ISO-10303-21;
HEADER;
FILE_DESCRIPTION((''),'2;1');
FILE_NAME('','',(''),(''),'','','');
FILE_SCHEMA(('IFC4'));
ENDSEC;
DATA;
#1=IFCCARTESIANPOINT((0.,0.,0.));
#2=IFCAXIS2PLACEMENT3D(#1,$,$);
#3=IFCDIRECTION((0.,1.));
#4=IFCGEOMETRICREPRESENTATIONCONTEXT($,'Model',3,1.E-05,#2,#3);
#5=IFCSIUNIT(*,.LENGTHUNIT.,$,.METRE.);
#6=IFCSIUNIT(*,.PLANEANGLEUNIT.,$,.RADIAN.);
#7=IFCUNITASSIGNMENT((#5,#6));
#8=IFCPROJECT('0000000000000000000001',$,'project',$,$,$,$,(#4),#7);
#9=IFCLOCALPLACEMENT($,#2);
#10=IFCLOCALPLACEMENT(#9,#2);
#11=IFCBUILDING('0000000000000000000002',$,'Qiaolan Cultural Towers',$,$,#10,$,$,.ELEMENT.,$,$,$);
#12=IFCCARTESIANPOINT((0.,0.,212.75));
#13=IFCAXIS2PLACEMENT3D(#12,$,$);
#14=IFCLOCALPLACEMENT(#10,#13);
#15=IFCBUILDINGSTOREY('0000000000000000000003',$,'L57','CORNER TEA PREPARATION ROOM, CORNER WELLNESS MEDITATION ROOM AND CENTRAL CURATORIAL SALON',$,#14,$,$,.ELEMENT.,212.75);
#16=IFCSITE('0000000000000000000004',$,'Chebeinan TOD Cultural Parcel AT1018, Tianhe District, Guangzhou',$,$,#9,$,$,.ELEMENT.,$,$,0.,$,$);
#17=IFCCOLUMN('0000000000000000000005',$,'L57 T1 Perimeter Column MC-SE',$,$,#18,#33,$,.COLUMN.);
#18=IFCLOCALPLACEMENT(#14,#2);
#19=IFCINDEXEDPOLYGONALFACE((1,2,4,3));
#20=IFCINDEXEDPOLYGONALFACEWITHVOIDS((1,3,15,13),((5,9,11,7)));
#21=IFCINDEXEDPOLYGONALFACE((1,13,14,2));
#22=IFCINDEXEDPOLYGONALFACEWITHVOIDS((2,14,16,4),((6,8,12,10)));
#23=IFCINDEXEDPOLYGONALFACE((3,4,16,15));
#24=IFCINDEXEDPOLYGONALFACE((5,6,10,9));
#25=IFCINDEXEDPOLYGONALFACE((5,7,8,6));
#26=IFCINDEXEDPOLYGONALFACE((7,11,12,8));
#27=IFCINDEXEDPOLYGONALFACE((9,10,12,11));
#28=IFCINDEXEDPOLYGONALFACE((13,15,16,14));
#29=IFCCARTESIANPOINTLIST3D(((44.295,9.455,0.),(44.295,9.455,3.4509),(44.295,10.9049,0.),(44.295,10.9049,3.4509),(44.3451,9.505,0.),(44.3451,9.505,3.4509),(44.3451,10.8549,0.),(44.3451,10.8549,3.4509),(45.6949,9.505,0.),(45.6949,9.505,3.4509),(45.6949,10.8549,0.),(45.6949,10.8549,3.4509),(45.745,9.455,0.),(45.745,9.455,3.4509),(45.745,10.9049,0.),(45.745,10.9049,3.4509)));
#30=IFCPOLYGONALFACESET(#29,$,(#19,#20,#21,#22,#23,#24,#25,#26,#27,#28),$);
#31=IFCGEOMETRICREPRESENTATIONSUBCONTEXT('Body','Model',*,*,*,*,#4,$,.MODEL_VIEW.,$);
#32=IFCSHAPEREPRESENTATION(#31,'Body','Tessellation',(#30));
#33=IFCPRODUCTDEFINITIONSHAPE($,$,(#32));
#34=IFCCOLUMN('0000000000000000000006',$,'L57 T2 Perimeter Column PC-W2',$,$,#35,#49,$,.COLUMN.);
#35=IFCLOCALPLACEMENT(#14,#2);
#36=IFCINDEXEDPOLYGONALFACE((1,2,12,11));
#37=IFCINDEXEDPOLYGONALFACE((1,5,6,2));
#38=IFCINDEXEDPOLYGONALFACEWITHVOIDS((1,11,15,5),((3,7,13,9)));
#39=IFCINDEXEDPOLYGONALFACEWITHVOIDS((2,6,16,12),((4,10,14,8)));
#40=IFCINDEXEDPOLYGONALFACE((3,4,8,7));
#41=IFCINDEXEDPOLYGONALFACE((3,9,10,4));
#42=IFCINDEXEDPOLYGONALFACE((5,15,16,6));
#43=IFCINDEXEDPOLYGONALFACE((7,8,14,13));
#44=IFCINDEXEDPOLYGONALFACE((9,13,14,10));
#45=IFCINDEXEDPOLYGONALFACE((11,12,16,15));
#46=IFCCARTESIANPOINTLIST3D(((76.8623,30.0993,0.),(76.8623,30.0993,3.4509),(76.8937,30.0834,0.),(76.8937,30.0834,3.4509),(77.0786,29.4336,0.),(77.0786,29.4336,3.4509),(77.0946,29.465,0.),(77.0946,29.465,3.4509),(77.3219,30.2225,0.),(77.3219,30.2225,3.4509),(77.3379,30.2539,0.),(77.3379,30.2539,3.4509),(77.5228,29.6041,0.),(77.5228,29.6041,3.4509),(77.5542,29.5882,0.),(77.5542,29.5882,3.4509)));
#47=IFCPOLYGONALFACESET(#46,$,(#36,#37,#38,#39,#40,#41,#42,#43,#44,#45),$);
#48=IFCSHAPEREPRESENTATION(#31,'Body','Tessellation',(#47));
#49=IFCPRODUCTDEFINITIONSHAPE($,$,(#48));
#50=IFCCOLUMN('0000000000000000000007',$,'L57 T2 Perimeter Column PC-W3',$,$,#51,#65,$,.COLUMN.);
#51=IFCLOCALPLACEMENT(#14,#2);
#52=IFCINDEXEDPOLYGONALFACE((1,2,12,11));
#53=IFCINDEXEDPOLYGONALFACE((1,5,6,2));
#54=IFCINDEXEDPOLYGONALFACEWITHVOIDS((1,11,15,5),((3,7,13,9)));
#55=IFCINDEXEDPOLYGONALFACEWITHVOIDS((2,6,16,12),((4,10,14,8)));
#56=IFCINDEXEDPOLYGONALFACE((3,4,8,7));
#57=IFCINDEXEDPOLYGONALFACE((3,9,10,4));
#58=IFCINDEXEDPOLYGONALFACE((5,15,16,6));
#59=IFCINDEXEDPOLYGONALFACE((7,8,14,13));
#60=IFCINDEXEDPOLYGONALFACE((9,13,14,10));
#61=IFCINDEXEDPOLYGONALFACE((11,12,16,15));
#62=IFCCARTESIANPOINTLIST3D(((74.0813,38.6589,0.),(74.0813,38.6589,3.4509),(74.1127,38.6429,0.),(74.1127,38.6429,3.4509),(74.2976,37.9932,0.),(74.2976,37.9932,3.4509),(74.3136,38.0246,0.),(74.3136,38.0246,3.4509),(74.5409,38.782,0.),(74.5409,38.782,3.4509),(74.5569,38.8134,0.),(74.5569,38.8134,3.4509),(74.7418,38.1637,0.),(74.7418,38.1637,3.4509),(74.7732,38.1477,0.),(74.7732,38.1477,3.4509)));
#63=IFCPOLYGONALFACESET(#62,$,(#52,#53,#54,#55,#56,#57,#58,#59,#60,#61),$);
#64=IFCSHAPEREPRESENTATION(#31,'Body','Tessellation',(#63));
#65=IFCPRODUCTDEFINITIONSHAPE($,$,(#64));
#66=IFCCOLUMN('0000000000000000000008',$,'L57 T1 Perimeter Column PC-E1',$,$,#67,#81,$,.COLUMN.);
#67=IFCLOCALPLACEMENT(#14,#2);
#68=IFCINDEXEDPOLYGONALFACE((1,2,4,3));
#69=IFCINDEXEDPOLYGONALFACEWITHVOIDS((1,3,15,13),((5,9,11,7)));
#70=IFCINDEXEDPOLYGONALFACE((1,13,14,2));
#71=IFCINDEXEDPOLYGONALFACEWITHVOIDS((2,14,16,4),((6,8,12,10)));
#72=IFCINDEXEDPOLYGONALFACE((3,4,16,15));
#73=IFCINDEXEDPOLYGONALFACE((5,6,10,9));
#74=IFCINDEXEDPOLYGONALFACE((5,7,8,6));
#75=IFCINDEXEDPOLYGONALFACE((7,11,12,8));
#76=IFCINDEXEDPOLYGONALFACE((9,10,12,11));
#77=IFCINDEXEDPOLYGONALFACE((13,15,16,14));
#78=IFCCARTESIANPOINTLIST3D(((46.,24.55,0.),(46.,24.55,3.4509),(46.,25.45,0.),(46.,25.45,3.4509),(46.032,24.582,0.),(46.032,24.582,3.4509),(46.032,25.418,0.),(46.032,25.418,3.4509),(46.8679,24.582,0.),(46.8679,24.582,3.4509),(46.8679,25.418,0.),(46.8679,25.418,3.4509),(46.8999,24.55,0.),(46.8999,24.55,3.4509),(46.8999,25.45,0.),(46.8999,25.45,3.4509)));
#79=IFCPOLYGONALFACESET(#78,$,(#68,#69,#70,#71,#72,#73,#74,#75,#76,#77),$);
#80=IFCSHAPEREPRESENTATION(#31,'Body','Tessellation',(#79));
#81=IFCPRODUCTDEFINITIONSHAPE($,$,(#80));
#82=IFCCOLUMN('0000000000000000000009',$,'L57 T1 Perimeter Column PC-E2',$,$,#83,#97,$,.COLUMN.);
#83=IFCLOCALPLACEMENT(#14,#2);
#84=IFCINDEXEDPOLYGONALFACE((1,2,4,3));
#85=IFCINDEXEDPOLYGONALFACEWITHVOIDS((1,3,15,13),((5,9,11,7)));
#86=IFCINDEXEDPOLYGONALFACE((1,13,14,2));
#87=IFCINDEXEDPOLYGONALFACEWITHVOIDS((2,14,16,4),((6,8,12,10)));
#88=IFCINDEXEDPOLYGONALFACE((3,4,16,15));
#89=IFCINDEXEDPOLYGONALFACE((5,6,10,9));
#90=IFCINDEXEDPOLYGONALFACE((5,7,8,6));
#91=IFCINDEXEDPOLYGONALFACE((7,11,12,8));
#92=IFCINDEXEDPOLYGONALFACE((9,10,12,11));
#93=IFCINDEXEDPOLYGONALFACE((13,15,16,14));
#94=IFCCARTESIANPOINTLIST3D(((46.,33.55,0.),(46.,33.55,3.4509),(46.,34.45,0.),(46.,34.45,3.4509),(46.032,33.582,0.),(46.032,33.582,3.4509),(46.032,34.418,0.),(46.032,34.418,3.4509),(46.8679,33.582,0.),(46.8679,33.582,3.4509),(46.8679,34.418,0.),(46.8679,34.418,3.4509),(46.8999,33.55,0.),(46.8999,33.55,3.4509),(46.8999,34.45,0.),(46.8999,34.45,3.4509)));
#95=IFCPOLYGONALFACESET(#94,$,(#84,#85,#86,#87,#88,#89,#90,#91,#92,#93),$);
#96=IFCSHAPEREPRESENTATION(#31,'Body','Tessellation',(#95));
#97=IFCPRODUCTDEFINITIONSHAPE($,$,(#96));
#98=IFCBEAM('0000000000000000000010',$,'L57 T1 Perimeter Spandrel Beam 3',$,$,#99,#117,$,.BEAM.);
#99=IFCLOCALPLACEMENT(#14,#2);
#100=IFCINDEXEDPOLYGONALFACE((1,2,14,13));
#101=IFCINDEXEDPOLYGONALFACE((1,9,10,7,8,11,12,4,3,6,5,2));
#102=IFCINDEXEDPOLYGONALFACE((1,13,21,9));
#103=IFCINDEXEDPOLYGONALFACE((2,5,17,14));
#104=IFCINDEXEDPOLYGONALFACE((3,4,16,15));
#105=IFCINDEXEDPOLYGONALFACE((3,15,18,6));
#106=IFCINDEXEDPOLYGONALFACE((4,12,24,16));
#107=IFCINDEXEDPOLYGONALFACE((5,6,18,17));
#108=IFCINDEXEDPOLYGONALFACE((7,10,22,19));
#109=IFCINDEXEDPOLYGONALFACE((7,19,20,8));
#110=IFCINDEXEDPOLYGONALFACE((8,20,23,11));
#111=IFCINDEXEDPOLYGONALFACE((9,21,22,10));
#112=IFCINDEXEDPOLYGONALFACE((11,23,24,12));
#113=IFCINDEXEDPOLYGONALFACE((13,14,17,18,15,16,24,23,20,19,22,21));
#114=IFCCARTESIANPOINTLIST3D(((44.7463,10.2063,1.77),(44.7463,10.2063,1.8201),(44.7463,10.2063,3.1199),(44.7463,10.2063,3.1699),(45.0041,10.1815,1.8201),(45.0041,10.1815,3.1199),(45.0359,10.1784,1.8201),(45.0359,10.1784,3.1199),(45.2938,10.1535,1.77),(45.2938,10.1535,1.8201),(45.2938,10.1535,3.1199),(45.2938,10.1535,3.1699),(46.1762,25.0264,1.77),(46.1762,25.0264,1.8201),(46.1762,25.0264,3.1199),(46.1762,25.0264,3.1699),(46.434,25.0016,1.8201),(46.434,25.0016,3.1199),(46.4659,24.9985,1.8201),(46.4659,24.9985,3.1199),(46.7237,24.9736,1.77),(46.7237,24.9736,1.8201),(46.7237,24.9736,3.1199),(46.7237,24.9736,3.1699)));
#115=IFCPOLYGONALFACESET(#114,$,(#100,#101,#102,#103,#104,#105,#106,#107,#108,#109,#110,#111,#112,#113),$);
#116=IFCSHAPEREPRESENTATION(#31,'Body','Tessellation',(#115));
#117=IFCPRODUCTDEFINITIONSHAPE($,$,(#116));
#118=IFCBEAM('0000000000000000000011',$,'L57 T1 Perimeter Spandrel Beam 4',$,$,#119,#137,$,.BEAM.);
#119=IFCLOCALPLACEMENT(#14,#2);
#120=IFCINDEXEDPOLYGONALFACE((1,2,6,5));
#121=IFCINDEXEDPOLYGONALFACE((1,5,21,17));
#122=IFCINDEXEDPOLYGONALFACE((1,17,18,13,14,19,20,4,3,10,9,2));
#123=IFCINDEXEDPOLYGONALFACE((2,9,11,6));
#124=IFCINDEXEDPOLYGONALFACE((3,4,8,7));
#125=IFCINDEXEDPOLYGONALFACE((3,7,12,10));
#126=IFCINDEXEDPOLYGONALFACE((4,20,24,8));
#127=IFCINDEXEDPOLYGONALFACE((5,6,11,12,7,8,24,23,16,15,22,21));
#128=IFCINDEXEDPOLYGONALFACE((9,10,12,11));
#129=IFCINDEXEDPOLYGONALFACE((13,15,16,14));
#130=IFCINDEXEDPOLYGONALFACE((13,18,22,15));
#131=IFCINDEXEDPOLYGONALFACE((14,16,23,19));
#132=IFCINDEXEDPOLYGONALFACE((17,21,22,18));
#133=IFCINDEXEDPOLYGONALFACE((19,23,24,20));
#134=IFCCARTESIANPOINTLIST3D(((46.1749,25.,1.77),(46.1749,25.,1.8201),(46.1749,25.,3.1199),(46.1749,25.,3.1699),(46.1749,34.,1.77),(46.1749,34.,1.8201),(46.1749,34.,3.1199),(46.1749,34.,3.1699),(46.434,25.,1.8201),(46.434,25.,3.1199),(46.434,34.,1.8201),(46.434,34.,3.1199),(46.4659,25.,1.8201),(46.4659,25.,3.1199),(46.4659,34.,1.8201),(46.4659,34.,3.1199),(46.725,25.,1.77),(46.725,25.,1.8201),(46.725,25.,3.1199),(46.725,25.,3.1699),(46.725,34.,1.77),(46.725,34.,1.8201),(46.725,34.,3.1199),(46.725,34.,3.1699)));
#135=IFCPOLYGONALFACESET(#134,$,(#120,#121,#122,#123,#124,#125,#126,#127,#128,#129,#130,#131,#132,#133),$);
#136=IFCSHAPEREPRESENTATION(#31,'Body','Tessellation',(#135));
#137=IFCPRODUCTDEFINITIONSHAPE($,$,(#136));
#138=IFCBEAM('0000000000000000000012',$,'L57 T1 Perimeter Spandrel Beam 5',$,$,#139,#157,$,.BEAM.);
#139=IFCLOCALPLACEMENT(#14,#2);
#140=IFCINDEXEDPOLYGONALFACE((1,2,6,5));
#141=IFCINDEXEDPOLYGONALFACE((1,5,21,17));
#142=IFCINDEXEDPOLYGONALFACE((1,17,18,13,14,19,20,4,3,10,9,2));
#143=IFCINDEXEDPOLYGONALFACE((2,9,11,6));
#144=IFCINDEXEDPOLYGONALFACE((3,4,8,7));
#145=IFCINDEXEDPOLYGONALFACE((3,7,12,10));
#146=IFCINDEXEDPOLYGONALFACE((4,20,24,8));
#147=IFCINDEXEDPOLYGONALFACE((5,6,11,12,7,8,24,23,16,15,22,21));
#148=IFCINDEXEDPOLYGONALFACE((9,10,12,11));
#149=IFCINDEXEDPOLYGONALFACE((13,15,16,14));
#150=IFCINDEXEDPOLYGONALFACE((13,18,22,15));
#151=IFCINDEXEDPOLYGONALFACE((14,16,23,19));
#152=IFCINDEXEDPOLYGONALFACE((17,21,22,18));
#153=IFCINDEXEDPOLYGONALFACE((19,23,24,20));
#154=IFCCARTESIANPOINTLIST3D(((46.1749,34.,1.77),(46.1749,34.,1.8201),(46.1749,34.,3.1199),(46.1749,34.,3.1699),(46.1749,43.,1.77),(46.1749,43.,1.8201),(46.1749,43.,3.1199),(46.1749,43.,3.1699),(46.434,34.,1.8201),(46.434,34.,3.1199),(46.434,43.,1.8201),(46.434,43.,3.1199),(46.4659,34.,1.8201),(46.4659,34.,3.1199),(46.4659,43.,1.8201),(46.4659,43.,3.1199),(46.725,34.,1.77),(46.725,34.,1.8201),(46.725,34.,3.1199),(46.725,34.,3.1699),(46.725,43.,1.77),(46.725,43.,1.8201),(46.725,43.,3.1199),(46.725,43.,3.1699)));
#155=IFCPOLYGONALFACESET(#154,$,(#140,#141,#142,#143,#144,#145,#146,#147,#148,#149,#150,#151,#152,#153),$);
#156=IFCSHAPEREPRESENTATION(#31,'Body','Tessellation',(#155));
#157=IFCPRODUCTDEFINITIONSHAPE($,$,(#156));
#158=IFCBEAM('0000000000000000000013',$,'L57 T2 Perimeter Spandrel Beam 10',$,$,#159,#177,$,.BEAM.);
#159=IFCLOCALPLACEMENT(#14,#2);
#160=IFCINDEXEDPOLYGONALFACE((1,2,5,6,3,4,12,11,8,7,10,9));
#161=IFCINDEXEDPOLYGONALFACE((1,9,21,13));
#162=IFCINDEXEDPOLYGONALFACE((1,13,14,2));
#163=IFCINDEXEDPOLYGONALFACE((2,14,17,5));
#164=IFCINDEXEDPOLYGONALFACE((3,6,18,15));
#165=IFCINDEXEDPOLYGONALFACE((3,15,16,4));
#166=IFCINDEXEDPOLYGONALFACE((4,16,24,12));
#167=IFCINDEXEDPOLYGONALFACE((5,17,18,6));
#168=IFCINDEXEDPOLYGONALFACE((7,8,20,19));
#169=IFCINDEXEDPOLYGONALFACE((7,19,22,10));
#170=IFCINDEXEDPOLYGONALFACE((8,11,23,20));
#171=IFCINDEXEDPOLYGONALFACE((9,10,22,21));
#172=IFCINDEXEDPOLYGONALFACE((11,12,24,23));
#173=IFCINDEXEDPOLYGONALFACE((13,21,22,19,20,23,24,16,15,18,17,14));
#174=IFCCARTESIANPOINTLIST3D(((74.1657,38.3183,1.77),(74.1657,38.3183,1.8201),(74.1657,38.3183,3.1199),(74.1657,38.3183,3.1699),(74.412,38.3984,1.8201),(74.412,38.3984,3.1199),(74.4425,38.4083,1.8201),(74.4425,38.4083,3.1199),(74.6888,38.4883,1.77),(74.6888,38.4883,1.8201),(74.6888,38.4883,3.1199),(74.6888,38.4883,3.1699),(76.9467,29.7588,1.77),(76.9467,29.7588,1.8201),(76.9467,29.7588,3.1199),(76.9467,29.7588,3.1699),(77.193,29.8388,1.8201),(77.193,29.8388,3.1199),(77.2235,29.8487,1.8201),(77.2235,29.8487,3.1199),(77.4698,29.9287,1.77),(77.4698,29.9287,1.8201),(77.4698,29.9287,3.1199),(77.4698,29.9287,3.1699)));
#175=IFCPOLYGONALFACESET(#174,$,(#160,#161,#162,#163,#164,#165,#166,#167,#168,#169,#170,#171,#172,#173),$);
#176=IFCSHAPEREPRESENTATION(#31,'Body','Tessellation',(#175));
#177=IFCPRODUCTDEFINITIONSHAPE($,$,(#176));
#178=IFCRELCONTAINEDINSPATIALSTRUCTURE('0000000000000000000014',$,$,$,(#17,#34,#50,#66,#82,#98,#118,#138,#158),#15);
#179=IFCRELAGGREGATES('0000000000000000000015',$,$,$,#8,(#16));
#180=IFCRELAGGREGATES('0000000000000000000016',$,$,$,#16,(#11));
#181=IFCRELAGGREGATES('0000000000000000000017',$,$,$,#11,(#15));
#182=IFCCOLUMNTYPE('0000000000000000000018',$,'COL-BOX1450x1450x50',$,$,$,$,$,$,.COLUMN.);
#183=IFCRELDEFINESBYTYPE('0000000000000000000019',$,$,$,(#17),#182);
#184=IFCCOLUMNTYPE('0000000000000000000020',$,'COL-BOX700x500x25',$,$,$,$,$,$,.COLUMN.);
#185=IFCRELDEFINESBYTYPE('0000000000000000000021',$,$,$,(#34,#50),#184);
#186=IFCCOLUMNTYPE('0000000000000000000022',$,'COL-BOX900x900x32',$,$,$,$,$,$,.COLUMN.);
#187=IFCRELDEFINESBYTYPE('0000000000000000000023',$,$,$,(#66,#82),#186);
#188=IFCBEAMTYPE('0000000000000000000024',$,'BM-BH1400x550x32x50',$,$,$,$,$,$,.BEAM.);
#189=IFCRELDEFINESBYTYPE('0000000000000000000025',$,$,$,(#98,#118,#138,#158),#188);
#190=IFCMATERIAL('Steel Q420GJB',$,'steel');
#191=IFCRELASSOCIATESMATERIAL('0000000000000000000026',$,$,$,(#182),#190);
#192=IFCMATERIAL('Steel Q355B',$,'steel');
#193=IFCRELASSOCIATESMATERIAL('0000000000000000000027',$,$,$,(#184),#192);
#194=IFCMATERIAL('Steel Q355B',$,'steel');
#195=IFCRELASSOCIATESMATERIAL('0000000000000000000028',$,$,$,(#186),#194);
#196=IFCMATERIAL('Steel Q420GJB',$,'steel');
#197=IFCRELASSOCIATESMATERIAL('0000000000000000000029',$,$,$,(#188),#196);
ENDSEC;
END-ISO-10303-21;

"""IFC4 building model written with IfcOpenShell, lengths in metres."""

from ifc_helpers import new_model, si_unit, direction, frame, origin, origin_2d, place, context, subcontext, project, spatial, hollow_rectangle, i_section, extrude, material, material_profile, profile_set, type_object, element, save


model = new_model("IFC4")

# Units and contexts
model_context = context("Model", 3, precision=1e-05, world=origin(), true_north=direction((0.0, 1.0)))
body_context = subcontext(model_context, "Body", "Model", "MODEL_VIEW")
ifc_project = project(units=[si_unit("LENGTHUNIT", "METRE"), si_unit("PLANEANGLEUNIT", "RADIAN")], contexts=[model_context])

# Site, building, storey
site_placement = place(None, origin())
site = spatial("IfcSite", under=ifc_project, at=site_placement, Name="Chebeinan TOD Cultural Parcel AT1018, Tianhe District, Guangzhou", CompositionType="ELEMENT", RefElevation=0.0)
building_placement = place(site_placement, origin())
building = spatial("IfcBuilding", under=site, at=building_placement, Name="Qiaolan Cultural Towers", CompositionType="ELEMENT")
storey_placement = place(building_placement, frame((0.0, 0.0, 212.75)))
storey = spatial("IfcBuildingStorey", under=building, at=storey_placement, Name="L57", Description="CORNER TEA PREPARATION ROOM, CORNER WELLNESS MEDITATION ROOM AND CENTRAL CURATORIAL SALON", CompositionType="ELEMENT", Elevation=212.75)

# Columns
ifc_material_1 = material(Name="Steel Q420GJB", Category="steel")
ifc_material_profile_1 = material_profile(ifc_material_1, hollow_rectangle(XDim=1.45, YDim=1.45, WallThickness=0.05, at=origin_2d()), Name="BOX1450x1450x50")
ifc_profile_set_1 = profile_set([ifc_material_profile_1], Name="Steel Q420GJB")
column_type_1 = type_object("IfcColumnType", Name="COL-BOX1450x1450x50", PredefinedType="COLUMN", material=ifc_profile_set_1)
column_placement = place(storey_placement, frame((45.02, 10.1799, 0.0), z_axis=(0.0, 0.0, 1.0), x_axis=(1.0, 0.0, 0.0)))
element("IfcColumn", 1, at=column_placement, inside=storey, type_object=column_type_1, Name="L57 T1 Perimeter Column MC-SE", PredefinedType="COLUMN", context=body_context, shape_type="SweptSolid", body=[
    extrude(hollow_rectangle(XDim=1.45, YDim=1.45, WallThickness=0.05, at=origin_2d()), origin(), (0.0, 0.0, 1.0), 3.4509),
])
ifc_material_2 = material(Name="Steel Q355B", Category="steel")
ifc_material_profile_2 = material_profile(ifc_material_2, hollow_rectangle(XDim=0.5, YDim=0.7, WallThickness=0.0249, at=origin_2d()), Name="BOX700x500x25")
ifc_profile_set_2 = profile_set([ifc_material_profile_2], Name="Steel Q355B")
column_type_2 = type_object("IfcColumnType", Name="COL-BOX700x500x25", PredefinedType="COLUMN", material=ifc_profile_set_2)
for number, where, z_axis, x_axis, name in (
    (2, (77.2083, 29.8438, 0.0), (0.0, 0.0, 1.0), (0.951057, 0.309017, 0.0), "L57 T2 Perimeter Column PC-W2"),
    (3, (74.4272, 38.4033, 0.0), (0.0, 0.0, 1.0), (0.951057, 0.309017, 0.0), "L57 T2 Perimeter Column PC-W3"),
):
    element("IfcColumn", number, at=place(storey_placement, frame(where, z_axis=z_axis, x_axis=x_axis)), inside=storey, type_object=column_type_2, Name=name, PredefinedType="COLUMN", context=body_context, shape_type="SweptSolid", body=[
        extrude(hollow_rectangle(XDim=0.5, YDim=0.7, WallThickness=0.0249, at=origin_2d()), origin(), (0.0, 0.0, 1.0), 3.4509),
    ])
ifc_material_3 = material(Name="Steel Q355B", Category="steel")
ifc_material_profile_3 = material_profile(ifc_material_3, hollow_rectangle(XDim=0.8999, YDim=0.8999, WallThickness=0.032, at=origin_2d()), Name="BOX900x900x32")
ifc_profile_set_3 = profile_set([ifc_material_profile_3], Name="Steel Q355B")
column_type_3 = type_object("IfcColumnType", Name="COL-BOX900x900x32", PredefinedType="COLUMN", material=ifc_profile_set_3)
for number, where, z_axis, x_axis, name in (
    (4, (46.45, 25.0, 0.0), (0.0, 0.0, 1.0), (1.0, 0.0, 0.0), "L57 T1 Perimeter Column PC-E1"),
    (5, (46.45, 34.0, 0.0), (0.0, 0.0, 1.0), (1.0, 0.0, 0.0), "L57 T1 Perimeter Column PC-E2"),
):
    element("IfcColumn", number, at=place(storey_placement, frame(where, z_axis=z_axis, x_axis=x_axis)), inside=storey, type_object=column_type_3, Name=name, PredefinedType="COLUMN", context=body_context, shape_type="SweptSolid", body=[
        extrude(hollow_rectangle(XDim=0.8999, YDim=0.8999, WallThickness=0.032, at=origin_2d()), origin(), (0.0, 0.0, 1.0), 3.4509),
    ])

# Beams
ifc_material_4 = material(Name="Steel Q420GJB", Category="steel")
ifc_material_profile_4 = material_profile(ifc_material_4, i_section(OverallWidth=0.55, OverallDepth=1.3999, WebThickness=0.032, FlangeThickness=0.05, at=origin_2d()), Name="BH1400x550x32x50")
ifc_profile_set_4 = profile_set([ifc_material_profile_4], Name="Steel Q420GJB")
beam_type_1 = type_object("IfcBeamType", Name="BM-BH1400x550x32x50", PredefinedType="BEAM", material=ifc_profile_set_4)
beam_1_placement = place(storey_placement, frame((45.02, 10.1799, 2.47), z_axis=(0.09604, 0.995377, 0.0), x_axis=(-0.995377, 0.09604, 0.0)))
element("IfcBeam", 6, at=beam_1_placement, inside=storey, type_object=beam_type_1, Name="L57 T1 Perimeter Spandrel Beam 3", PredefinedType="BEAM", context=body_context, shape_type="SweptSolid", body=[
    extrude(i_section(OverallWidth=0.55, OverallDepth=1.3999, WebThickness=0.032, FlangeThickness=0.05, at=origin_2d()), origin(), (0.0, 0.0, 1.0), 14.8889),
])
for number, where, z_axis, x_axis, name in (
    (7, (46.45, 25.0, 2.47), (0.0, 1.0, 0.0), (-1.0, 0.0, 0.0), "L57 T1 Perimeter Spandrel Beam 4"),
    (8, (46.45, 34.0, 2.47), (0.0, 1.0, 0.0), (-1.0, 0.0, 0.0), "L57 T1 Perimeter Spandrel Beam 5"),
    (9, (74.4272, 38.4033, 2.47), (0.309, -0.951062, 0.0), (0.951062, 0.309, 0.0), "L57 T2 Perimeter Spandrel Beam 10"),
):
    element("IfcBeam", number, at=place(storey_placement, frame(where, z_axis=z_axis, x_axis=x_axis)), inside=storey, type_object=beam_type_1, Name=name, PredefinedType="BEAM", context=body_context, shape_type="SweptSolid", body=[
        extrude(i_section(OverallWidth=0.55, OverallDepth=1.3999, WebThickness=0.032, FlangeThickness=0.05, at=origin_2d()), origin(), (0.0, 0.0, 1.0), 9.0),
    ])

save(model, "model.ifc")
